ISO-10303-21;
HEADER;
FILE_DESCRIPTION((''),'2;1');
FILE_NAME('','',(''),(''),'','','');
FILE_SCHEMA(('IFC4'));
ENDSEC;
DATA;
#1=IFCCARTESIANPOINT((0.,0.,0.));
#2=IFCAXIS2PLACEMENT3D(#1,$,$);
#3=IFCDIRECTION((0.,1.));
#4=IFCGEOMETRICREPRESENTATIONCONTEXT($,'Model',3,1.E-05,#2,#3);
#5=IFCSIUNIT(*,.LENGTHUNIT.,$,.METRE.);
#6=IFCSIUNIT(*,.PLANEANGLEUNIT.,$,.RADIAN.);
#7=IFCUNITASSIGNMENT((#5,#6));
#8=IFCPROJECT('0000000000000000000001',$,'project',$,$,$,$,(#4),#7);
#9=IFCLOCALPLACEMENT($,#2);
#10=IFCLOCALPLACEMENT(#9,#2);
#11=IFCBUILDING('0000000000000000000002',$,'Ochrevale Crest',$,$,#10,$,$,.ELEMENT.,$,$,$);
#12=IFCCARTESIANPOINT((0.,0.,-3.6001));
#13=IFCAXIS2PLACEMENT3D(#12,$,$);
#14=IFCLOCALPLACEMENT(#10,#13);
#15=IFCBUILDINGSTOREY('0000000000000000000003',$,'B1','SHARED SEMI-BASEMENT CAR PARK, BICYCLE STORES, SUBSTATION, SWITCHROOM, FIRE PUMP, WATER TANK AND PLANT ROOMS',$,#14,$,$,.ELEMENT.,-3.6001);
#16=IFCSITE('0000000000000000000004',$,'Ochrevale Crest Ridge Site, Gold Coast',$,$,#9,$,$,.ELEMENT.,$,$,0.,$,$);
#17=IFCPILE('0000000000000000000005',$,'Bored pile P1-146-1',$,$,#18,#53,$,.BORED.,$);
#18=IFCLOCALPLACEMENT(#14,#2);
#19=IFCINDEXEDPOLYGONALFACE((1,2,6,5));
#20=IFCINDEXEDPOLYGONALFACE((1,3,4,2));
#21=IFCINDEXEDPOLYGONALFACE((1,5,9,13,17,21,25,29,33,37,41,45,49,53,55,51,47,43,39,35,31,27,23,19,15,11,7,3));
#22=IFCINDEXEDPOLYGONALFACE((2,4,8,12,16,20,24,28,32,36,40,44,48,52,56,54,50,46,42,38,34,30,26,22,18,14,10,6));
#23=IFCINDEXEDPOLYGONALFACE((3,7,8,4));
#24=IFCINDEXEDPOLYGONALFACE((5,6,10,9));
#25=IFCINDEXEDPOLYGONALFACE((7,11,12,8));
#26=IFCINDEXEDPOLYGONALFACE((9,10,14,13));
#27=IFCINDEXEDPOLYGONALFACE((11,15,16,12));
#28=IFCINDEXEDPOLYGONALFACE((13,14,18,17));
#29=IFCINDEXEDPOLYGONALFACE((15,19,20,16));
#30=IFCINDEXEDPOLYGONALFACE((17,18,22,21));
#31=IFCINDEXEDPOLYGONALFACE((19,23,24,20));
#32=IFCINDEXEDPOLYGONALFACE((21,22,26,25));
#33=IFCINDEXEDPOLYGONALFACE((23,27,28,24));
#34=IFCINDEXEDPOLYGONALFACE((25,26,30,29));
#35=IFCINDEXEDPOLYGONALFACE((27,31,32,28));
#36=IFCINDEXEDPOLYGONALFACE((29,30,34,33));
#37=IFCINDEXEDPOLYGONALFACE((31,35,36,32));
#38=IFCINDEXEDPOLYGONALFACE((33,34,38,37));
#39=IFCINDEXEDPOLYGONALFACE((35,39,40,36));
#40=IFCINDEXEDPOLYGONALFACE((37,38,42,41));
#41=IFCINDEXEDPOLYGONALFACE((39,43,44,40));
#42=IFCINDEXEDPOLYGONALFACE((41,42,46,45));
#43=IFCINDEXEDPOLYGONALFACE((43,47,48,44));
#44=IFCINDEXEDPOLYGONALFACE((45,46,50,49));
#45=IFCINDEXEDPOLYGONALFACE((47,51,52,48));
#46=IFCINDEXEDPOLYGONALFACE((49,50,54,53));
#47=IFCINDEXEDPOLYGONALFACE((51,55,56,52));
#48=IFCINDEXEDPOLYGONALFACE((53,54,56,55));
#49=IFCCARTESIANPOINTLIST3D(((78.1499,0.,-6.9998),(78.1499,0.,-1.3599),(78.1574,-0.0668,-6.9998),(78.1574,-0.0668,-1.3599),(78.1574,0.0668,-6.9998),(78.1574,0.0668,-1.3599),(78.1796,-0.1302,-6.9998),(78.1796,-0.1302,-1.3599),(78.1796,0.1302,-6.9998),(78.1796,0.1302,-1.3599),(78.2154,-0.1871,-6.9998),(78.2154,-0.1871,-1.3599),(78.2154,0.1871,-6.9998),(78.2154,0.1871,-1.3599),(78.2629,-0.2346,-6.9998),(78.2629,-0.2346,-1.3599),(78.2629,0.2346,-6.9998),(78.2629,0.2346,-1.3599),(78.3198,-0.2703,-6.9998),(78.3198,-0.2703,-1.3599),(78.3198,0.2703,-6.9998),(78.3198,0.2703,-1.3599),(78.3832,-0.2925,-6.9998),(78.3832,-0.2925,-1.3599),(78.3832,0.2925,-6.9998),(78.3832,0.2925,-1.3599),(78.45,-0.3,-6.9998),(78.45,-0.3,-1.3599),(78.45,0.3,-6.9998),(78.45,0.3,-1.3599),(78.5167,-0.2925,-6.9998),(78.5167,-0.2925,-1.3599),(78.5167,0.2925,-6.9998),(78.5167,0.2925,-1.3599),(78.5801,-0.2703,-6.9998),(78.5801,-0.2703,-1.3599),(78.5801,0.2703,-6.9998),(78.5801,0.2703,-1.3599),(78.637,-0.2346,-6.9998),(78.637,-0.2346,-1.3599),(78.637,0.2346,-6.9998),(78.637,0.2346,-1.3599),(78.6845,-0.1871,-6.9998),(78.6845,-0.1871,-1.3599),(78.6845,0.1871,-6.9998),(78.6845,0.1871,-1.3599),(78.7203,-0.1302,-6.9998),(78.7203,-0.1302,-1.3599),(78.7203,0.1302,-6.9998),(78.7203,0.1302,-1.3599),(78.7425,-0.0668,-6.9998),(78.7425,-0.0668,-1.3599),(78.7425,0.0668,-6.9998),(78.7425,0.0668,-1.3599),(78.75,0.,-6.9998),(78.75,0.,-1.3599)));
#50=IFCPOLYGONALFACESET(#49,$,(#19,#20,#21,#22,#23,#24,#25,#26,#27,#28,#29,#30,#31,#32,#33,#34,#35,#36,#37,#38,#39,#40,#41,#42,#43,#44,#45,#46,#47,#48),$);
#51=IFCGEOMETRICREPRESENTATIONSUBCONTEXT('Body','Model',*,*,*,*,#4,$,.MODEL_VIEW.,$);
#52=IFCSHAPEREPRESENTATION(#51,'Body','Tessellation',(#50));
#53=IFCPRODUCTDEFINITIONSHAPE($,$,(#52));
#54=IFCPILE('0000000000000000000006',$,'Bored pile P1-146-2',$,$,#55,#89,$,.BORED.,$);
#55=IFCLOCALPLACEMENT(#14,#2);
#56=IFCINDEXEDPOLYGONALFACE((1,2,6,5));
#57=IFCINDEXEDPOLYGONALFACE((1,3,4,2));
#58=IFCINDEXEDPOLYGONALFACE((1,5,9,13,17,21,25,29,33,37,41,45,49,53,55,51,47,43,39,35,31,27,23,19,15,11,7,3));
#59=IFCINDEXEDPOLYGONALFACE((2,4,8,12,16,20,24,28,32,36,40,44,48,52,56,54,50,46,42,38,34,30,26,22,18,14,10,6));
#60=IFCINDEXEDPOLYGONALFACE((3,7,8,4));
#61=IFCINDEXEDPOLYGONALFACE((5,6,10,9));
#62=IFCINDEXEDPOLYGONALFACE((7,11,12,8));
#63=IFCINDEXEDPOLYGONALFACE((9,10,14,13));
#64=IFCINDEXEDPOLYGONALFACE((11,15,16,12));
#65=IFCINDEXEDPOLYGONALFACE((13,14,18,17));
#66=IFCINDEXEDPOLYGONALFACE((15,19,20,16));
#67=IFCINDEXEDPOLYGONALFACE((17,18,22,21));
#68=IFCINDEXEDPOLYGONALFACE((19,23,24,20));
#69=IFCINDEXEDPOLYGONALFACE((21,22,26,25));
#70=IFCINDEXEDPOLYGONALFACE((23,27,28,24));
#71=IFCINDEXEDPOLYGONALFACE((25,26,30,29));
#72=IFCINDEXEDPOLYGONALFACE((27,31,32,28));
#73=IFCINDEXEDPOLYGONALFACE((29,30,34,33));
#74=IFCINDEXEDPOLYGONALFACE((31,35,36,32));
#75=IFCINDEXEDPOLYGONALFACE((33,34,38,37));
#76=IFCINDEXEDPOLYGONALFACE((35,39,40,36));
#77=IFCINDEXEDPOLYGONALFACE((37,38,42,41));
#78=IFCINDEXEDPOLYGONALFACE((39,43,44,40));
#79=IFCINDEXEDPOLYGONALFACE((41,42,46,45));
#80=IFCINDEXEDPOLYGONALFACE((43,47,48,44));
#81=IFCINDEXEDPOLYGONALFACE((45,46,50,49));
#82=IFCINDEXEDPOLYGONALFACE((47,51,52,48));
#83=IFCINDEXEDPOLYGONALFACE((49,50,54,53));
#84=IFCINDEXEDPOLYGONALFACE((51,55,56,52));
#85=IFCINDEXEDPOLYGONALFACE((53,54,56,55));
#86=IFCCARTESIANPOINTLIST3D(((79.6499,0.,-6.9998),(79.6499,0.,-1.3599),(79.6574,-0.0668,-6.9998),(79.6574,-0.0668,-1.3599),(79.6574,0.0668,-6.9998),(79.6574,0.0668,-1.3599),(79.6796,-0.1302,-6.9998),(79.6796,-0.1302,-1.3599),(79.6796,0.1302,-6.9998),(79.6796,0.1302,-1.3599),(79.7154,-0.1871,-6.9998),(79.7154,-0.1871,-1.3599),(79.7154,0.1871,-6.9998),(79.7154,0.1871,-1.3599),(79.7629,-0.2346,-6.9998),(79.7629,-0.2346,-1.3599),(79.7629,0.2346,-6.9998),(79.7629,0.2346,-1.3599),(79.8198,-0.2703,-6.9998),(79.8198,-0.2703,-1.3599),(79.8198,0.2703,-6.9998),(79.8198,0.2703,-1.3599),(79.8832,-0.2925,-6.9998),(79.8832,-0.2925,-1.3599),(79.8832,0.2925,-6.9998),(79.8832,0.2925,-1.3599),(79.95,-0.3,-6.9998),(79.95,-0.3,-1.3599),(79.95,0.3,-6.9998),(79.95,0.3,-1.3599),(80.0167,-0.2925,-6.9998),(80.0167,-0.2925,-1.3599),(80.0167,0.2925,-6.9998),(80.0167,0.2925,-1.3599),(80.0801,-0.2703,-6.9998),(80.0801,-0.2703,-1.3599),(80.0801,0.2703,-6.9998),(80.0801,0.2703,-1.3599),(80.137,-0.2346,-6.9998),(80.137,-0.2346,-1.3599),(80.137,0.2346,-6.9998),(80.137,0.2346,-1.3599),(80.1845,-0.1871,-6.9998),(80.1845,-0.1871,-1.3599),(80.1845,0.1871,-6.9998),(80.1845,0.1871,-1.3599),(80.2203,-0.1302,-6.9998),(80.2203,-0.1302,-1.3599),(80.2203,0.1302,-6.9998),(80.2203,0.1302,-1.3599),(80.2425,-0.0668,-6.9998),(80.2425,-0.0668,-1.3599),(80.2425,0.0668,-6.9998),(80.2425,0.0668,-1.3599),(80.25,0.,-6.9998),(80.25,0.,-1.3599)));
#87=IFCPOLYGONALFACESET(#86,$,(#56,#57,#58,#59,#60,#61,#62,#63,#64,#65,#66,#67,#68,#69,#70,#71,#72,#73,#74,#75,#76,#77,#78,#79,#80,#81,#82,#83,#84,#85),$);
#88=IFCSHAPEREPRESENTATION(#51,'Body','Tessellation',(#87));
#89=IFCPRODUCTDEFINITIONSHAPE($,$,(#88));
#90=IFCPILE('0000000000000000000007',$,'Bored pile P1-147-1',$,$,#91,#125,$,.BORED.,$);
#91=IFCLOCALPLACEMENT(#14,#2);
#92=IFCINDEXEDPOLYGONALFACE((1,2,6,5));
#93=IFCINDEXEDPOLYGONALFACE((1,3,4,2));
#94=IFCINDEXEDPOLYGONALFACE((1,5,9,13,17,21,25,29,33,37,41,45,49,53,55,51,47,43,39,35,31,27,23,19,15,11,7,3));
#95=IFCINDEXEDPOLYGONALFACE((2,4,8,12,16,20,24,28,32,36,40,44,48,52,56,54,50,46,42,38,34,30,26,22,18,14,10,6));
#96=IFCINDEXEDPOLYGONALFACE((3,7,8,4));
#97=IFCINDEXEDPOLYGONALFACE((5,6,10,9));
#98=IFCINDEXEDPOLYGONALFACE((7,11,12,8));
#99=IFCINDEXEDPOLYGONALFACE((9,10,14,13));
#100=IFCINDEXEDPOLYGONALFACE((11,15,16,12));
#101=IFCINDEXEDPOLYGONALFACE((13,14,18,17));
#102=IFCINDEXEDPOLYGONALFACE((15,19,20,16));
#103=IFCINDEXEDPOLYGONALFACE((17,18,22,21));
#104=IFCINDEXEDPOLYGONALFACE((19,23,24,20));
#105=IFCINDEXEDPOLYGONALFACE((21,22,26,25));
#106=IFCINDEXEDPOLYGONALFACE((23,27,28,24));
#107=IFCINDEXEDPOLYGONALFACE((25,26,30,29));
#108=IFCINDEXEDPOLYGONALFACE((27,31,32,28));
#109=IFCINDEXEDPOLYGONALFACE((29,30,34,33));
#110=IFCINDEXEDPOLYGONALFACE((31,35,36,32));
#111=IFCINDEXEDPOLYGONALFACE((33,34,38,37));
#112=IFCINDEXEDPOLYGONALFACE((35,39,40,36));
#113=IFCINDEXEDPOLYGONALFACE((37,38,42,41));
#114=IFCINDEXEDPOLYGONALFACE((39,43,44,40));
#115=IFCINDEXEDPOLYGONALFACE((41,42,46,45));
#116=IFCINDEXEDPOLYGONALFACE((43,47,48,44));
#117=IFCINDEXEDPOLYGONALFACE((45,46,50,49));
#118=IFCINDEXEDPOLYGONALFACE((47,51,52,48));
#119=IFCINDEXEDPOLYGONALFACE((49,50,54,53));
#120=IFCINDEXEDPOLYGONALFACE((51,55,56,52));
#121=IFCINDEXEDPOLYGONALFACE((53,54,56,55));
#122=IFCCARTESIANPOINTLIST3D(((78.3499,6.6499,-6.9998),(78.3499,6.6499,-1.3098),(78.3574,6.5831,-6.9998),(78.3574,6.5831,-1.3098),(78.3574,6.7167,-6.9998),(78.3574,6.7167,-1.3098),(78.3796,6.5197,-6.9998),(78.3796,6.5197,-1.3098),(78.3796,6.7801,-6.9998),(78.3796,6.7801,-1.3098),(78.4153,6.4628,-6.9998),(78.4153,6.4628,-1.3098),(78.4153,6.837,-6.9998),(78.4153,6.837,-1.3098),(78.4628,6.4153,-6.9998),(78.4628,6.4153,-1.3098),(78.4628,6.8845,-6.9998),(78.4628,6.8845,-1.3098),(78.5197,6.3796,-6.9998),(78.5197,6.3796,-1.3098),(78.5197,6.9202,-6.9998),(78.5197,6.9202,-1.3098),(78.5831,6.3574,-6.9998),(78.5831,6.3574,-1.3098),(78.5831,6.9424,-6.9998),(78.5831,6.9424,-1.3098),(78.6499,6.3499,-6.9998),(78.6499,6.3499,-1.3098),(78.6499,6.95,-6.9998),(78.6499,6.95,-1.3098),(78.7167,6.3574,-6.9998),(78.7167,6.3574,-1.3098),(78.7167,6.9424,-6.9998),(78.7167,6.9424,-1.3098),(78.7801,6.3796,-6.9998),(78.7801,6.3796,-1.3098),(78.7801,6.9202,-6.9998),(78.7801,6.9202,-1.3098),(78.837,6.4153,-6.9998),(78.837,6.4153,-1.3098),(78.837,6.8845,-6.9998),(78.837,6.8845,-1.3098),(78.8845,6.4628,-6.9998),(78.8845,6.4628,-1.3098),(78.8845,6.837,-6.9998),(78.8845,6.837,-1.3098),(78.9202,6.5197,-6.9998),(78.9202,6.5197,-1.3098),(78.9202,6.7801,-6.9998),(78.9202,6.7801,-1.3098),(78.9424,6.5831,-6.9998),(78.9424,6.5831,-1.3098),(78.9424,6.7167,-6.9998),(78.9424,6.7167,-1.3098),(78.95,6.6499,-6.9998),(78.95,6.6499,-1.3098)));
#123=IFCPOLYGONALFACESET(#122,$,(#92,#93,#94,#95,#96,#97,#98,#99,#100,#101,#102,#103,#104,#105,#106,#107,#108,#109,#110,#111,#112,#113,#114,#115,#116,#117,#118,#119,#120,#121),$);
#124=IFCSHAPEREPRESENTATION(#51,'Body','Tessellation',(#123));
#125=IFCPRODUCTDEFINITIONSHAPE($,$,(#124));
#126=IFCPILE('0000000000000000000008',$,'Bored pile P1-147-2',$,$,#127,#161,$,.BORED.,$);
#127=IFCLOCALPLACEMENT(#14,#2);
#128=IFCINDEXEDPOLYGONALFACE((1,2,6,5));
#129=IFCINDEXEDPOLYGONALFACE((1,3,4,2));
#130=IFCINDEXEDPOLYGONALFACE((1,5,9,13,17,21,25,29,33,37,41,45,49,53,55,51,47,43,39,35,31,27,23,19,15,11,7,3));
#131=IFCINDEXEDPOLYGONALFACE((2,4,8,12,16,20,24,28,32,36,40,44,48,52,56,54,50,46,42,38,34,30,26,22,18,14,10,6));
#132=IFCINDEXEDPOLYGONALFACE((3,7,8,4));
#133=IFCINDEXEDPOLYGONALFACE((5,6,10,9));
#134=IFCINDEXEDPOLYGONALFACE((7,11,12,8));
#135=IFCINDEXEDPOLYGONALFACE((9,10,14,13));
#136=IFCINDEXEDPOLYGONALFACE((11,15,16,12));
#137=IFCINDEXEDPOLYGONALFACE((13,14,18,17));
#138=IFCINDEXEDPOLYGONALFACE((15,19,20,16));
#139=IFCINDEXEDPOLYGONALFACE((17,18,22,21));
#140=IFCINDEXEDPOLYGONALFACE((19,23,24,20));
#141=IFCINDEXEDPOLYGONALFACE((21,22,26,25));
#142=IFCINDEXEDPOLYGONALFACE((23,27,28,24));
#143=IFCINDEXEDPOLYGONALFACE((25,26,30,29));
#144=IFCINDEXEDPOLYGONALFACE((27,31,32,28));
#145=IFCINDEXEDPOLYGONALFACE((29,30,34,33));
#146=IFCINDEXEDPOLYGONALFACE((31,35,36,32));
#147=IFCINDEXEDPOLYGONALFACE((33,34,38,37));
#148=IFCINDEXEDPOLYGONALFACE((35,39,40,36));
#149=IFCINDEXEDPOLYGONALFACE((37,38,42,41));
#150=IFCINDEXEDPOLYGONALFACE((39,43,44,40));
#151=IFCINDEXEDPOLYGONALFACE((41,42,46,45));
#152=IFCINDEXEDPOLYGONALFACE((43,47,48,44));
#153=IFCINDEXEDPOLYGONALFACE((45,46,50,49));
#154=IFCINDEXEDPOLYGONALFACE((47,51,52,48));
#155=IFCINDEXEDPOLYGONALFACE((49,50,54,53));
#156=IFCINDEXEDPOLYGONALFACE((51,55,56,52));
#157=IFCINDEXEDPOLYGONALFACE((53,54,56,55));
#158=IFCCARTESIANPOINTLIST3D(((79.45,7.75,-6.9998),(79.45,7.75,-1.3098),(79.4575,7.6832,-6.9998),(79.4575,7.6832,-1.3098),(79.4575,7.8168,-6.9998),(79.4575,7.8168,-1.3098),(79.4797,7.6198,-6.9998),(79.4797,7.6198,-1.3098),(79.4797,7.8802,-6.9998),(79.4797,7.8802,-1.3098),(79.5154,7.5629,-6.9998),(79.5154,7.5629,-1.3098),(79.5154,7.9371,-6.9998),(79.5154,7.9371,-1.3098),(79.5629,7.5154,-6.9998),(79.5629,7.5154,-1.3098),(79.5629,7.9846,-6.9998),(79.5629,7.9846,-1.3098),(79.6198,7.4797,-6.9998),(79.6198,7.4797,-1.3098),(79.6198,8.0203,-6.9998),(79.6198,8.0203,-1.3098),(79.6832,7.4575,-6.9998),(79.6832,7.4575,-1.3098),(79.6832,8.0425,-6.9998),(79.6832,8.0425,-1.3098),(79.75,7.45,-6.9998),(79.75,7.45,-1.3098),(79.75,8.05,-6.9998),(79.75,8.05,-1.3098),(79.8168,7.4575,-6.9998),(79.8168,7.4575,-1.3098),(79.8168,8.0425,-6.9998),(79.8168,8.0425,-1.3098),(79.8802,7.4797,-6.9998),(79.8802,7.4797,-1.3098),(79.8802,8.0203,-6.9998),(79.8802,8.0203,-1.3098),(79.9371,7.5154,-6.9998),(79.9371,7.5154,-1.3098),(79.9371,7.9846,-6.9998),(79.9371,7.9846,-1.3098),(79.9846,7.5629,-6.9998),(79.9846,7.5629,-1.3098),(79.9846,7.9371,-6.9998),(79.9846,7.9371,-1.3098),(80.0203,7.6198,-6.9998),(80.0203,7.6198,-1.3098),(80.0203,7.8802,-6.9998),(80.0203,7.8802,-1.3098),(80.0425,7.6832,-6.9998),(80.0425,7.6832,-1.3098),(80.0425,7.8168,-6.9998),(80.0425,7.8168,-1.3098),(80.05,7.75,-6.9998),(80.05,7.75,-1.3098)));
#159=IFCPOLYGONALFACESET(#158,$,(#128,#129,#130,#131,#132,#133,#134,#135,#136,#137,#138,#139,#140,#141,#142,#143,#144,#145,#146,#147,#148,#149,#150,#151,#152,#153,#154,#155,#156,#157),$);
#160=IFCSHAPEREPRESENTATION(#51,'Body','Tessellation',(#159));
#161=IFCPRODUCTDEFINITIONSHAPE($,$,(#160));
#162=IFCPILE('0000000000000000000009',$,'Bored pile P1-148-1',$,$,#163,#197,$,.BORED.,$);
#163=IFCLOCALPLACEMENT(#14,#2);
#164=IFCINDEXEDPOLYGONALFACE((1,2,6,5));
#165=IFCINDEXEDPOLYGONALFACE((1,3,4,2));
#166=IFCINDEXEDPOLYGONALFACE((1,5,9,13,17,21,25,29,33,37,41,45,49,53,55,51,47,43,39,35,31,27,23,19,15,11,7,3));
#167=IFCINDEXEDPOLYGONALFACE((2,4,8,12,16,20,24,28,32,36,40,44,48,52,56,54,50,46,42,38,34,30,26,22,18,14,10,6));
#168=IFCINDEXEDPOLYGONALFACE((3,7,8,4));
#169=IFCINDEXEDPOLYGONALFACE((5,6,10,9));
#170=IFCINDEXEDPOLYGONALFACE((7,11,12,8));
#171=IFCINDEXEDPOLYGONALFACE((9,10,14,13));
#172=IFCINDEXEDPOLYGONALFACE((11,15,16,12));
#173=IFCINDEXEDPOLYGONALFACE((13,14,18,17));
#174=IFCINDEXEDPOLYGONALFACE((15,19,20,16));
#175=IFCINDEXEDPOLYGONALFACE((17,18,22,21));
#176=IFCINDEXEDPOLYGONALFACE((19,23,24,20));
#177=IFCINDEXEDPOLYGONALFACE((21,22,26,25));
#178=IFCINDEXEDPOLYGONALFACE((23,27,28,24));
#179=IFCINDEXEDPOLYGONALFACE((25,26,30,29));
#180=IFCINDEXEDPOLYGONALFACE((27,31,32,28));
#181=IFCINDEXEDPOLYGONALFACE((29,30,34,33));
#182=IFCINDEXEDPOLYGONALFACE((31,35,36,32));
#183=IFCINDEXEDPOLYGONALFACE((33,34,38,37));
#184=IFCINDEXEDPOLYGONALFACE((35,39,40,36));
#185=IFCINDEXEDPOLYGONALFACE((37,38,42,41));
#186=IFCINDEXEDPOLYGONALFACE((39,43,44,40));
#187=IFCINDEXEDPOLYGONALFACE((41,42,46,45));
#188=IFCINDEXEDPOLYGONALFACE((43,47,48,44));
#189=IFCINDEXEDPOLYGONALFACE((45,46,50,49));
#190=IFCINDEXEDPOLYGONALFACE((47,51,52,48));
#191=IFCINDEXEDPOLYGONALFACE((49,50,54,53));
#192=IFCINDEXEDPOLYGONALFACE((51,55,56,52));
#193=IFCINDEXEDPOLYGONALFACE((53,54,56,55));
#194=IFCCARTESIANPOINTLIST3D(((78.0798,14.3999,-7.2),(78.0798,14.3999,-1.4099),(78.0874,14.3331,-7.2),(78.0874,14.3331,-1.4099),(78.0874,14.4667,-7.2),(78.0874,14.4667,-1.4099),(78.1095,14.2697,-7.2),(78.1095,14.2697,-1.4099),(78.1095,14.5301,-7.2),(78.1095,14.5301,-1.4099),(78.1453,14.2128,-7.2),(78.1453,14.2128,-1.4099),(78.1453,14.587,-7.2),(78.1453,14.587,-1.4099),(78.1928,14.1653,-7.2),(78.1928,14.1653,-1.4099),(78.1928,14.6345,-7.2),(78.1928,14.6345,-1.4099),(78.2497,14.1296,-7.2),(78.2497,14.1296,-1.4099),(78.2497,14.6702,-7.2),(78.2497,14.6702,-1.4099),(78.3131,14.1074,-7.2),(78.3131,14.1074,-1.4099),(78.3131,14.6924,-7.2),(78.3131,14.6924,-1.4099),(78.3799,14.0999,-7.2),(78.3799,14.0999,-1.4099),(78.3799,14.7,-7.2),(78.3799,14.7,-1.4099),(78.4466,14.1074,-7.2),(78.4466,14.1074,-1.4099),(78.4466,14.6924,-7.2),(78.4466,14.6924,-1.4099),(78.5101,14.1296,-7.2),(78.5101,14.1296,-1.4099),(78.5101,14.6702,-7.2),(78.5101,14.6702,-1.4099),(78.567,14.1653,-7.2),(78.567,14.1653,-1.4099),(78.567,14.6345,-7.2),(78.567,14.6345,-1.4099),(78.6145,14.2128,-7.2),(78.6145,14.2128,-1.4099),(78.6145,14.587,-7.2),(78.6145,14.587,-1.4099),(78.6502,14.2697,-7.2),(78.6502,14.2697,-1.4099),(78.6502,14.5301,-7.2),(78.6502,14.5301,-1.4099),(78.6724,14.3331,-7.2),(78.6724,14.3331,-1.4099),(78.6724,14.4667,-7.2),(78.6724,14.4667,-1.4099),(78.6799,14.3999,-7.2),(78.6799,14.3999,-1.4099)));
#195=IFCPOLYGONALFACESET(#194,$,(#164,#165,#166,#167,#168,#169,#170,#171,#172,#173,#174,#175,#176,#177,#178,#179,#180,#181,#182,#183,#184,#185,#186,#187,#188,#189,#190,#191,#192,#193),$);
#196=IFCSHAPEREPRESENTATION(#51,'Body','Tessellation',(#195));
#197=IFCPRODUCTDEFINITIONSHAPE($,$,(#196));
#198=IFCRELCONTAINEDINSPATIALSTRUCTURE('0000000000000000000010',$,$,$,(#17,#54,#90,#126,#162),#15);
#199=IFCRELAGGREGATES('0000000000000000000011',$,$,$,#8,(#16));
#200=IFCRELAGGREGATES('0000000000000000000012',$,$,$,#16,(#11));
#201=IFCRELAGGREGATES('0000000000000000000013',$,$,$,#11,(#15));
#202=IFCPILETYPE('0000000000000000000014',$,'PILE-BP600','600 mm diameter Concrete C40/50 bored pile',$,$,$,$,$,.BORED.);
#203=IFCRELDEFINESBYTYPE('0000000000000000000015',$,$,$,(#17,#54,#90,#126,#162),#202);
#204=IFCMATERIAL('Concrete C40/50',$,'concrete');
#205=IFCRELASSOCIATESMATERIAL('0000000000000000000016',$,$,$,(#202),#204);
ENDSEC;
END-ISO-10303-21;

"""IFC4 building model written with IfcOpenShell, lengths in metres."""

from ifc_helpers import new_model, si_unit, direction, frame, origin, origin_2d, place, context, subcontext, project, spatial, circle, extrude, material, material_profile, profile_set, type_object, element, save


model = new_model("IFC4")

# Units and contexts
model_context = context("Model", 3, precision=1e-05, world=origin(), true_north=direction((0.0, 1.0)))
body_context = subcontext(model_context, "Body", "Model", "MODEL_VIEW")
ifc_project = project(units=[si_unit("LENGTHUNIT", "METRE"), si_unit("PLANEANGLEUNIT", "RADIAN")], contexts=[model_context])

# Site, building, storey
site_placement = place(None, origin())
site = spatial("IfcSite", under=ifc_project, at=site_placement, Name="Ochrevale Crest Ridge Site, Gold Coast", CompositionType="ELEMENT", RefElevation=0.0)
building_placement = place(site_placement, origin())
building = spatial("IfcBuilding", under=site, at=building_placement, Name="Ochrevale Crest", CompositionType="ELEMENT")
storey_placement = place(building_placement, frame((0.0, 0.0, -3.6001)))
storey = spatial("IfcBuildingStorey", under=building, at=storey_placement, Name="B1", Description="SHARED SEMI-BASEMENT CAR PARK, BICYCLE STORES, SUBSTATION, SWITCHROOM, FIRE PUMP, WATER TANK AND PLANT ROOMS", CompositionType="ELEMENT", Elevation=-3.6001)

# Shared definitions
ifc_material_1 = material(Name="Concrete C40/50", Category="concrete")

# Piles
ifc_material_profile_1 = material_profile(ifc_material_1, circle(Radius=0.3, at=origin_2d()), Name="BORED PILE 600")
ifc_profile_set_1 = profile_set([ifc_material_profile_1], Name="Concrete C40/50")
pile_type = type_object("IfcPileType", Name="PILE-BP600", Description="600 mm diameter Concrete C40/50 bored pile", PredefinedType="BORED", material=ifc_profile_set_1)
for number, where, z_axis, x_axis, name in (
    (1, (78.45, 0.0, -1.3599), (0.0, 0.0, -1.0), (1.0, 0.0, 0.0), "Bored pile P1-146-1"),
    (2, (79.95, 0.0, -1.3599), (0.0, 0.0, -1.0), (1.0, 0.0, 0.0), "Bored pile P1-146-2"),
):
    element("IfcPile", number, at=place(storey_placement, frame(where, z_axis=z_axis, x_axis=x_axis)), inside=storey, type_object=pile_type, Name=name, PredefinedType="BORED", context=body_context, shape_type="SweptSolid", body=[
        extrude(circle(Radius=0.3, at=origin_2d()), origin(), (0.0, 0.0, 1.0), 5.6399),
    ])
for number, where, z_axis, x_axis, name in (
    (3, (78.6499, 6.6499, -1.3098), (0.0, 0.0, -1.0), (1.0, 0.0, 0.0), "Bored pile P1-147-1"),
    (4, (79.75, 7.75, -1.3098), (0.0, 0.0, -1.0), (1.0, 0.0, 0.0), "Bored pile P1-147-2"),
):
    element("IfcPile", number, at=place(storey_placement, frame(where, z_axis=z_axis, x_axis=x_axis)), inside=storey, type_object=pile_type, Name=name, PredefinedType="BORED", context=body_context, shape_type="SweptSolid", body=[
        extrude(circle(Radius=0.3, at=origin_2d()), origin(), (0.0, 0.0, 1.0), 5.6899),
    ])
pile_1_placement = place(storey_placement, frame((78.3799, 14.3999, -1.4099), z_axis=(0.0, 0.0, -1.0), x_axis=(1.0, 0.0, 0.0)))
element("IfcPile", 5, at=pile_1_placement, inside=storey, type_object=pile_type, Name="Bored pile P1-148-1", PredefinedType="BORED", context=body_context, shape_type="SweptSolid", body=[
    extrude(circle(Radius=0.3, at=origin_2d()), origin(), (0.0, 0.0, 1.0), 5.79),
])

save(model, "model.ifc")
